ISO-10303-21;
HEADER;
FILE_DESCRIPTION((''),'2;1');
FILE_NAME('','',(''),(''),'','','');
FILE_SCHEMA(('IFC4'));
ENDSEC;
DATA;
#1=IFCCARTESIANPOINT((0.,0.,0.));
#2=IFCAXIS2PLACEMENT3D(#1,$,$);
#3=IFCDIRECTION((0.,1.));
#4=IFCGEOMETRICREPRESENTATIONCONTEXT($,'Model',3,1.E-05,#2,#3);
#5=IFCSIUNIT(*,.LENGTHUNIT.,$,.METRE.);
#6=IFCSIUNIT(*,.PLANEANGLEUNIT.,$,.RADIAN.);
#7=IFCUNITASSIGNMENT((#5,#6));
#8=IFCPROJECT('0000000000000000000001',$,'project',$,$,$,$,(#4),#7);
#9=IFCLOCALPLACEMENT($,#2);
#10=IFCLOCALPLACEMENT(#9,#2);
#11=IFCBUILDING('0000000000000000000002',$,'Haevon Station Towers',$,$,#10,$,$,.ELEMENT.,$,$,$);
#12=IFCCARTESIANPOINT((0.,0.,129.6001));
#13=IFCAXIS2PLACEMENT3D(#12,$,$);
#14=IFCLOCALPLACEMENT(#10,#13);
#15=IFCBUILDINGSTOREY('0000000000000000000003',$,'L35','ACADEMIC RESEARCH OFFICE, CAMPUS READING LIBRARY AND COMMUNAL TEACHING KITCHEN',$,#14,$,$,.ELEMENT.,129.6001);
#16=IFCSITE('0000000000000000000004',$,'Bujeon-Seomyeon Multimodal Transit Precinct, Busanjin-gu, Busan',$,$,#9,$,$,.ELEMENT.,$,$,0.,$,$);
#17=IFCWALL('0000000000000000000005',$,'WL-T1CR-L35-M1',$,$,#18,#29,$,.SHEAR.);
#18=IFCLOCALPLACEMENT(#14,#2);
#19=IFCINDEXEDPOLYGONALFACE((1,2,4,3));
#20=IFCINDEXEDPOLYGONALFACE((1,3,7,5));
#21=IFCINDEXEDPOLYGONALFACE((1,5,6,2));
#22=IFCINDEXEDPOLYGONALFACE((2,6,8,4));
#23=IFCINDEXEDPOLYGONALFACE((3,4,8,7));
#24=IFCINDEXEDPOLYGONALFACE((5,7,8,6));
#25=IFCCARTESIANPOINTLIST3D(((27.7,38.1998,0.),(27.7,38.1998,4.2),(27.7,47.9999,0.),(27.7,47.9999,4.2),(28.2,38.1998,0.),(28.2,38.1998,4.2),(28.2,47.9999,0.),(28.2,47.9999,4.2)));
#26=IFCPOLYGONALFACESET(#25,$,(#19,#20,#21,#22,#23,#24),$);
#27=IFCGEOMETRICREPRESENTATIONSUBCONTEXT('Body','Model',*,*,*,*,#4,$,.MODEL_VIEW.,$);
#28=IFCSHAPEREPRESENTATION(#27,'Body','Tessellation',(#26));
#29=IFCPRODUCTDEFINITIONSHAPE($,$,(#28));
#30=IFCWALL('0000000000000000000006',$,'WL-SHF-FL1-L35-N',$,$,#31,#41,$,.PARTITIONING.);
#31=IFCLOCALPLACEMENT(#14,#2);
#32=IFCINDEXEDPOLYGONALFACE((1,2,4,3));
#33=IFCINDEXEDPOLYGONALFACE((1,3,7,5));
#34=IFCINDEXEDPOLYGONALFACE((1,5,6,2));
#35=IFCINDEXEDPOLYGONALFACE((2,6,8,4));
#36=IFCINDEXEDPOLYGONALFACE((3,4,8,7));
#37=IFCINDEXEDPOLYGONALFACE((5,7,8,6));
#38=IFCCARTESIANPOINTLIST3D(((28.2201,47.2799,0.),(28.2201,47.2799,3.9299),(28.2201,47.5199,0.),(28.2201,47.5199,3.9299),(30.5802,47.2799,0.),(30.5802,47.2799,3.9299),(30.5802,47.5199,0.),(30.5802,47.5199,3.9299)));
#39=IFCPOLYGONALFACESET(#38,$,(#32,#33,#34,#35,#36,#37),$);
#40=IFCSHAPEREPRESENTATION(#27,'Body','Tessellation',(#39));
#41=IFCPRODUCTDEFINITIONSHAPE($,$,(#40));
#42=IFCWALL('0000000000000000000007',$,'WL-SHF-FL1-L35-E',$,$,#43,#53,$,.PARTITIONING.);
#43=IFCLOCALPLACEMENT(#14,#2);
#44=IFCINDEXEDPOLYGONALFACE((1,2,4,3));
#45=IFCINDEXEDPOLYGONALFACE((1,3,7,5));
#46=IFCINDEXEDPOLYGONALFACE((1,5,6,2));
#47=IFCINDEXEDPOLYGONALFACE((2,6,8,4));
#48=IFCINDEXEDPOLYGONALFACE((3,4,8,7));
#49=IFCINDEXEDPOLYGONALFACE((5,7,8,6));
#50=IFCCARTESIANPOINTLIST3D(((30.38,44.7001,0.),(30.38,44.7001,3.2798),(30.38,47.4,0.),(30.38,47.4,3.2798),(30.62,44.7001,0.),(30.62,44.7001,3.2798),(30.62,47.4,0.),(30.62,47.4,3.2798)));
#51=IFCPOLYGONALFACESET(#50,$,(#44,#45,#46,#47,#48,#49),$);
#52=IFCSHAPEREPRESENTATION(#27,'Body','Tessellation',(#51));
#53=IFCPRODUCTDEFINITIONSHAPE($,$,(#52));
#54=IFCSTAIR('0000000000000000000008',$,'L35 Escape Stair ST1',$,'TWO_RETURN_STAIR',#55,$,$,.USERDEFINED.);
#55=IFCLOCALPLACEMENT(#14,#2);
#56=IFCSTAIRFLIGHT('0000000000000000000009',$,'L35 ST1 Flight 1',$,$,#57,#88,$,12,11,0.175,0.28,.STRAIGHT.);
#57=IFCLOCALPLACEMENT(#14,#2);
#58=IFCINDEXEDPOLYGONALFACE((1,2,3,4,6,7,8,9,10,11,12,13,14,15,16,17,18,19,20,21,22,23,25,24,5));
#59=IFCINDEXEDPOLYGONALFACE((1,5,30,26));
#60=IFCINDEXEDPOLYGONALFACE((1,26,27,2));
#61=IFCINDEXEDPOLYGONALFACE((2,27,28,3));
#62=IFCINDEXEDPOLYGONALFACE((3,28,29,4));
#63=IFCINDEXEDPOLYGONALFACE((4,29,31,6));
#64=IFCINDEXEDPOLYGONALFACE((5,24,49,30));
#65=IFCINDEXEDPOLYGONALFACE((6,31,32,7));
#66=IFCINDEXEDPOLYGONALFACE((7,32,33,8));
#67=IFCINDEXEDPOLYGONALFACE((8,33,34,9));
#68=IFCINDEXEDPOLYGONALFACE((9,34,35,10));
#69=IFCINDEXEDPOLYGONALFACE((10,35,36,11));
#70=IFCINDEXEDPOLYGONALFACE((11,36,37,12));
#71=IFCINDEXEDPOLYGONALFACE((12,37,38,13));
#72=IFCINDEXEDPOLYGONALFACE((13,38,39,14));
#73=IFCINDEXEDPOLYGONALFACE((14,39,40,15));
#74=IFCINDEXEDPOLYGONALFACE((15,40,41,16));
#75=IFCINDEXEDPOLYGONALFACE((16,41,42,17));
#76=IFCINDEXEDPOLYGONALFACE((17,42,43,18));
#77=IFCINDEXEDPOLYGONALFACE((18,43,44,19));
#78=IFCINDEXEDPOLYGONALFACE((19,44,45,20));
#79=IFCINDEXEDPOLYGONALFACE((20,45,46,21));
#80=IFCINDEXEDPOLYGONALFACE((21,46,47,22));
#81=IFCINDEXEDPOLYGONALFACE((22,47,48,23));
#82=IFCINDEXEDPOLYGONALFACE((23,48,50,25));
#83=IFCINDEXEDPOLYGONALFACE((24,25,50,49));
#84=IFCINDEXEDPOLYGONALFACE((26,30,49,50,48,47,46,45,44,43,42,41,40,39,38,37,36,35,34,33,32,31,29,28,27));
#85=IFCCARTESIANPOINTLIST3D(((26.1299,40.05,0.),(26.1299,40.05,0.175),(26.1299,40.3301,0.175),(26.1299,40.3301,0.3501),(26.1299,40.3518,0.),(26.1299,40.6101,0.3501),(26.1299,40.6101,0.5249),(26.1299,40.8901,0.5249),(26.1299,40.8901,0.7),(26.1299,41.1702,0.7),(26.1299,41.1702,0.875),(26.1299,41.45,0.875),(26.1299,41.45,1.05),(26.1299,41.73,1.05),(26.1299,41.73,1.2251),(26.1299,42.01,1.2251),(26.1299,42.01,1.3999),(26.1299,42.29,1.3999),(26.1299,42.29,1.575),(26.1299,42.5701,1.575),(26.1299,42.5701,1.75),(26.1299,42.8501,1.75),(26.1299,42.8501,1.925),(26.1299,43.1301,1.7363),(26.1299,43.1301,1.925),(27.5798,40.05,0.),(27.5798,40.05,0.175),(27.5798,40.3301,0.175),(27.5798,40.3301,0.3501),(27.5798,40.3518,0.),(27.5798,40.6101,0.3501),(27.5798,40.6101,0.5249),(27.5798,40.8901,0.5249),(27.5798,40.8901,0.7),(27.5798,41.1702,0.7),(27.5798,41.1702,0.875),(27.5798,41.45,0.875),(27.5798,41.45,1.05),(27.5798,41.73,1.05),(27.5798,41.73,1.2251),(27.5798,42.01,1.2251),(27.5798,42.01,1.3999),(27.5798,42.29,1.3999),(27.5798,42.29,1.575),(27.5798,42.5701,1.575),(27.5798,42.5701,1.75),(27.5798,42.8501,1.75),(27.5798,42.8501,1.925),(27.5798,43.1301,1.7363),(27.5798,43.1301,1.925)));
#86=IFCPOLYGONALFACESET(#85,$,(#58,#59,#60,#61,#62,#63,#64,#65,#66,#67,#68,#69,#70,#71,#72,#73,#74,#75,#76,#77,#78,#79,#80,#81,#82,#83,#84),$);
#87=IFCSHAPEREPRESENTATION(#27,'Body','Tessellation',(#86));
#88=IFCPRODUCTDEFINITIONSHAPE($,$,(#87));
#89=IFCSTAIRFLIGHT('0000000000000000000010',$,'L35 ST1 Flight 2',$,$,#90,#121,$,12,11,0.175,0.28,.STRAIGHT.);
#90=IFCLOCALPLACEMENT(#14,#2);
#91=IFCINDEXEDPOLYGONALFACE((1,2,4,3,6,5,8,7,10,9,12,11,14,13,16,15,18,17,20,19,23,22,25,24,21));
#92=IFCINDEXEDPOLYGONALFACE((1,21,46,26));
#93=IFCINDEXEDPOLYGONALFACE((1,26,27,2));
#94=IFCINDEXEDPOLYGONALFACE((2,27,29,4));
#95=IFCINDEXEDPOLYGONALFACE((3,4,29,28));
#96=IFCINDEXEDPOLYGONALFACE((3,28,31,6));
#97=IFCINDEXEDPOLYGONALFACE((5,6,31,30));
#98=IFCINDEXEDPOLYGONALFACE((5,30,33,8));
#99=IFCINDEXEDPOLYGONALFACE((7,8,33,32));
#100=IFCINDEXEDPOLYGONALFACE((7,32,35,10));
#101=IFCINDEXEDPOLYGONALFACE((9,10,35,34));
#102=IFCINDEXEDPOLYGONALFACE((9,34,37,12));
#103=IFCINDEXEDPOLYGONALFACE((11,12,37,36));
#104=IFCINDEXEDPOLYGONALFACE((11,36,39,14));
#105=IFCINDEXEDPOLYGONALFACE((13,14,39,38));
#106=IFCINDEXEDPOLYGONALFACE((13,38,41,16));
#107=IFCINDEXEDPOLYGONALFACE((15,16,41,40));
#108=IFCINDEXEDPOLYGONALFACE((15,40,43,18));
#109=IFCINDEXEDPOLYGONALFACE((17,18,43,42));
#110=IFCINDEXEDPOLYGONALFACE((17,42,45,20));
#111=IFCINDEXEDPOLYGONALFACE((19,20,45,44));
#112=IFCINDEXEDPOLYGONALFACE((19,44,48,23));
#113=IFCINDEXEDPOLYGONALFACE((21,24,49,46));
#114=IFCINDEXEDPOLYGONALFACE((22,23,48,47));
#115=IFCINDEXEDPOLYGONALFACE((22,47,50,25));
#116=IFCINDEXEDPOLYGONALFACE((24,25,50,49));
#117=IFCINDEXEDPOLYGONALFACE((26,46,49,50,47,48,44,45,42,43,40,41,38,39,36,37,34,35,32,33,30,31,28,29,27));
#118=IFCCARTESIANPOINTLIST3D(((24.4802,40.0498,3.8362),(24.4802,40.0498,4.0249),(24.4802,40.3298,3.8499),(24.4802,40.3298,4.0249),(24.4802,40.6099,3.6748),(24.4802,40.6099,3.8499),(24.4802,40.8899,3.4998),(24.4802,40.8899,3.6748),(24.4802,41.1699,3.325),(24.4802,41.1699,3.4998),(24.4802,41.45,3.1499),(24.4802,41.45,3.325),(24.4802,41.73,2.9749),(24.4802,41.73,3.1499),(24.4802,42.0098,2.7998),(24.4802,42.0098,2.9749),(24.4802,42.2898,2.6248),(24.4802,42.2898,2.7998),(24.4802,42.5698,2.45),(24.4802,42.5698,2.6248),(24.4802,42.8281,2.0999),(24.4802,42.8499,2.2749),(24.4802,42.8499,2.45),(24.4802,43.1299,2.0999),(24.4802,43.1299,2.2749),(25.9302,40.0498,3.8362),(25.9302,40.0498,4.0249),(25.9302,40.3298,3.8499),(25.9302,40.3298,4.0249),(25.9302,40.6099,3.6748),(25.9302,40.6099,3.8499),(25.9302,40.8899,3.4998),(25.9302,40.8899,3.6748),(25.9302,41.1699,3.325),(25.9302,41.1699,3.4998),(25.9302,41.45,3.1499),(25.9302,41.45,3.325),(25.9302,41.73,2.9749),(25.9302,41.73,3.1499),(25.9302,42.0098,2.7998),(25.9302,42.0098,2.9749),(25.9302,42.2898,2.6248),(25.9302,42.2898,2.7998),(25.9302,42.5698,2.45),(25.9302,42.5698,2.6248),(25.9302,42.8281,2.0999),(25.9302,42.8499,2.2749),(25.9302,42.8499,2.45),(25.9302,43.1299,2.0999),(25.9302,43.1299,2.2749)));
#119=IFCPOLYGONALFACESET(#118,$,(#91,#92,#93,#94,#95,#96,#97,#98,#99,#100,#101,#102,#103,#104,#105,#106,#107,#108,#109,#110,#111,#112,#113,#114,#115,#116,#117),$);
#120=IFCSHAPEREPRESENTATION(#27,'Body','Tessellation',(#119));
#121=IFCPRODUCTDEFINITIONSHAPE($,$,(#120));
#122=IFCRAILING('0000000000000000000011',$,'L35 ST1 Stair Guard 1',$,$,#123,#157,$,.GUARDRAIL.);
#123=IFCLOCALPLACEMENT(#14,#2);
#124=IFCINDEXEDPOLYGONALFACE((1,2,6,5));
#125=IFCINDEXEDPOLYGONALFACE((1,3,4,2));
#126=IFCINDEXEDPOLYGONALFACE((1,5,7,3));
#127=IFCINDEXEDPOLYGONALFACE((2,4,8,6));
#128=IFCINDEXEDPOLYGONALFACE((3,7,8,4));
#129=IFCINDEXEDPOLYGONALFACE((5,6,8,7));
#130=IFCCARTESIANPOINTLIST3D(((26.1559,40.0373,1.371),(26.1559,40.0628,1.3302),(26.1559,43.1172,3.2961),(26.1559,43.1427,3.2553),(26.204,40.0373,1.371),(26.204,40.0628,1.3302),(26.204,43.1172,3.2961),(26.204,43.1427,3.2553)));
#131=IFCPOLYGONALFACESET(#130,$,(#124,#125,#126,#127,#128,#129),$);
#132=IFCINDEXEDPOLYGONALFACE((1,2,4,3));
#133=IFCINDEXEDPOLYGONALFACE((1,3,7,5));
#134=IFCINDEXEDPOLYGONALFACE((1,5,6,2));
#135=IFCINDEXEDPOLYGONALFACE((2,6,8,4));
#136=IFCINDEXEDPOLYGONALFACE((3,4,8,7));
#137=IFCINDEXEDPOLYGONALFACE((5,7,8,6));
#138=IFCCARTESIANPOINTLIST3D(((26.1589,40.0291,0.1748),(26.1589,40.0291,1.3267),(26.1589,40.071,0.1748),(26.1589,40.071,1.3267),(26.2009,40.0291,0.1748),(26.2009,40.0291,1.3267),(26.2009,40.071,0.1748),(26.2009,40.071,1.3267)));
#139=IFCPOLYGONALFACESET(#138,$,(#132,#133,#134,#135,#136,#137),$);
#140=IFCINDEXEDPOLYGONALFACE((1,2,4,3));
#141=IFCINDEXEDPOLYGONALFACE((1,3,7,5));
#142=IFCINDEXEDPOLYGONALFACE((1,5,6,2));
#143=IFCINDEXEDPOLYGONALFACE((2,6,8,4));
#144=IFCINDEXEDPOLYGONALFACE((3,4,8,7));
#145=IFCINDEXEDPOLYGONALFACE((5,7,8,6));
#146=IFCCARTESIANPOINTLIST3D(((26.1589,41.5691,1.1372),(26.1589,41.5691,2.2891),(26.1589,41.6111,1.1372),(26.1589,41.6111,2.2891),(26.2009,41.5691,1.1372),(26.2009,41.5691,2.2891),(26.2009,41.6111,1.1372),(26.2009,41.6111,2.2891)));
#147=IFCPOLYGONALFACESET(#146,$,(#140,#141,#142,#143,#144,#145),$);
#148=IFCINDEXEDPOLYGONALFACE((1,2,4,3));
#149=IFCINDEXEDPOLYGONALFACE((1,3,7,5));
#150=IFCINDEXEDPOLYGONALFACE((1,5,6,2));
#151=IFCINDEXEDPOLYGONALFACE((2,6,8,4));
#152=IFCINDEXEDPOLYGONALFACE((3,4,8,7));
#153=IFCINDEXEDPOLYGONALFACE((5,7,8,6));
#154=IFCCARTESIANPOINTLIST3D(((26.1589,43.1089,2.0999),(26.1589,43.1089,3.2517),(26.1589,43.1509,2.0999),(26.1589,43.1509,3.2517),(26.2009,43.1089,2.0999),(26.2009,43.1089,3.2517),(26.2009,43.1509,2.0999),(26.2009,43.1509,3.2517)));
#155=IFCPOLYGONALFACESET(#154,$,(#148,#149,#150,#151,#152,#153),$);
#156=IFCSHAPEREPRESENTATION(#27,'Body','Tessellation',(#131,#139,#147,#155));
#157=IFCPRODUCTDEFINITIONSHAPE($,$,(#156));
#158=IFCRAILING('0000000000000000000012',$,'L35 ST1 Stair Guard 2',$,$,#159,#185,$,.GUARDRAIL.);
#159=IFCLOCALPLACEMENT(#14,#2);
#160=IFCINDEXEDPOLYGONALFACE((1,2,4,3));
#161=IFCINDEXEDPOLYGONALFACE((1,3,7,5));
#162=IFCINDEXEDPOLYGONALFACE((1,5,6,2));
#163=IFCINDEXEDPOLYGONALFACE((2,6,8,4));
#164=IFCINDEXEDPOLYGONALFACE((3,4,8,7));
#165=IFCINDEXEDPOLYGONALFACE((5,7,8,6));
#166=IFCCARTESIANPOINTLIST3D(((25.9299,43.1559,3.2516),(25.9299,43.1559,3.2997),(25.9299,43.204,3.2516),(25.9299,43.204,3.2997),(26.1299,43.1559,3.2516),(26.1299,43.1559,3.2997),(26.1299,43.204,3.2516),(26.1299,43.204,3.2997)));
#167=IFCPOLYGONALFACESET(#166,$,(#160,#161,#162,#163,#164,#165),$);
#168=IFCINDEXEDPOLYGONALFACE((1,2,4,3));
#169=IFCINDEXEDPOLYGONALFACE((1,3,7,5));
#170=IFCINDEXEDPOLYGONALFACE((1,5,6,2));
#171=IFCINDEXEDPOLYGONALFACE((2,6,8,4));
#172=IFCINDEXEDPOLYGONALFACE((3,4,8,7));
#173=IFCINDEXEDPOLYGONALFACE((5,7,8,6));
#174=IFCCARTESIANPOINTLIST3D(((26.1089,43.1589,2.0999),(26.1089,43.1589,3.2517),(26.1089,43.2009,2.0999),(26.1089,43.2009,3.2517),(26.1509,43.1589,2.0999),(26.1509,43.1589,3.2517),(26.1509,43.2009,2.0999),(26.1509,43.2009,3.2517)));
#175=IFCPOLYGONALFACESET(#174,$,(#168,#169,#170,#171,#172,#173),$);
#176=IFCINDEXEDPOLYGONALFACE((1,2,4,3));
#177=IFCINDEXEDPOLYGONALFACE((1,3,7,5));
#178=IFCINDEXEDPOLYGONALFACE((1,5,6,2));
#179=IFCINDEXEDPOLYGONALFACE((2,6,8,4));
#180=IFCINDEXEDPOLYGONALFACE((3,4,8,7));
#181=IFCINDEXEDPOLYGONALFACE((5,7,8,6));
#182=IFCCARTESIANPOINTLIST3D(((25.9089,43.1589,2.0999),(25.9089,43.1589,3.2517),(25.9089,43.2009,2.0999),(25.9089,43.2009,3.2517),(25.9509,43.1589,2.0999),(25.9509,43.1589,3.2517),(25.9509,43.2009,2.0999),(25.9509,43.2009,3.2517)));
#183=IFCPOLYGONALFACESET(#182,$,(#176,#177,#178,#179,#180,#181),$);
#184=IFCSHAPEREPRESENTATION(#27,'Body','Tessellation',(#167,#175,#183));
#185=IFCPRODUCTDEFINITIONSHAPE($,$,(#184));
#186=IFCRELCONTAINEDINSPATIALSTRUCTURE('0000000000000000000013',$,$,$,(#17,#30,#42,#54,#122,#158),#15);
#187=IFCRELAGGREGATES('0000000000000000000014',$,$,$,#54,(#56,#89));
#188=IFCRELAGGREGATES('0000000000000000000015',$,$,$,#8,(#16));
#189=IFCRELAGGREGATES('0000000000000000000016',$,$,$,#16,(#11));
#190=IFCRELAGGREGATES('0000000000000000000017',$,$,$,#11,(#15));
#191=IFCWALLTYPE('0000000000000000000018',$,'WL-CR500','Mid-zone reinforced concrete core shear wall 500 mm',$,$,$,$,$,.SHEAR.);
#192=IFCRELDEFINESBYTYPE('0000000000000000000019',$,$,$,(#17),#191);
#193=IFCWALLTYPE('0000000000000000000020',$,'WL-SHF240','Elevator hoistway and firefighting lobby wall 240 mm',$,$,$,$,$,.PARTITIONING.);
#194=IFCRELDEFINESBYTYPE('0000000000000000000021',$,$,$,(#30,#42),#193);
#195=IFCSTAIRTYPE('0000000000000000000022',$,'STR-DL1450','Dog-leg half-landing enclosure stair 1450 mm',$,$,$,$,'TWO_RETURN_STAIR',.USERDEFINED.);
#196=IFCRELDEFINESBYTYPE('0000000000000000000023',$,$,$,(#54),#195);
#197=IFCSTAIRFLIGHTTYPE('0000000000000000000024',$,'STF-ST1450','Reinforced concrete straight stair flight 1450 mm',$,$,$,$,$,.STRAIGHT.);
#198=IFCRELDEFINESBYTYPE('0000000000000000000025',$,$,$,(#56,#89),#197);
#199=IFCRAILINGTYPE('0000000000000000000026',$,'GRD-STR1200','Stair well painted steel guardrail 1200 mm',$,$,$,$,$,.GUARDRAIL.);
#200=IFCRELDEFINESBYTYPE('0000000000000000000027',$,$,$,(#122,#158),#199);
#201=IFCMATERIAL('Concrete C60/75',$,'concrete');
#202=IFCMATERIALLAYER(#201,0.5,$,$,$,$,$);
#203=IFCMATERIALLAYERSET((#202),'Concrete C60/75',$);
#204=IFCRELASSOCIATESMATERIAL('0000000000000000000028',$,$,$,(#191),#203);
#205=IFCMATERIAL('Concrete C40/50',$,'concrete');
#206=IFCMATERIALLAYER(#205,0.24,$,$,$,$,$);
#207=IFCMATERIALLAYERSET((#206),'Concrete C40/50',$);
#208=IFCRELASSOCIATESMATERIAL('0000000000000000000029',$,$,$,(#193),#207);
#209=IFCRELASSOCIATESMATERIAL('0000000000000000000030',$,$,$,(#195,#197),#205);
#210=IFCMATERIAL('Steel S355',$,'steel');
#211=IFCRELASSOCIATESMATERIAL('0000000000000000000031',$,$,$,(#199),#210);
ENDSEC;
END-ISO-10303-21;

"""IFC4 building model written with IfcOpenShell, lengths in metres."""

from ifc_helpers import new_model, si_unit, direction, frame, frame_2d, origin, origin_2d, place, context, subcontext, project, spatial, polyline, rectangle, outline, extrude, material, layer, layer_set, type_object, element, aggregate, save


model = new_model("IFC4")

# Units and contexts
model_context = context("Model", 3, precision=1e-05, world=origin(), true_north=direction((0.0, 1.0)))
body_context = subcontext(model_context, "Body", "Model", "MODEL_VIEW")
ifc_project = project(units=[si_unit("LENGTHUNIT", "METRE"), si_unit("PLANEANGLEUNIT", "RADIAN")], contexts=[model_context])

# Site, building, storey
site_placement = place(None, origin())
site = spatial("IfcSite", under=ifc_project, at=site_placement, Name="Bujeon-Seomyeon Multimodal Transit Precinct, Busanjin-gu, Busan", CompositionType="ELEMENT", RefElevation=0.0)
building_placement = place(site_placement, origin())
building = spatial("IfcBuilding", under=site, at=building_placement, Name="Haevon Station Towers", CompositionType="ELEMENT")
storey_placement = place(building_placement, frame((0.0, 0.0, 129.6001)))
storey = spatial("IfcBuildingStorey", under=building, at=storey_placement, Name="L35", Description="ACADEMIC RESEARCH OFFICE, CAMPUS READING LIBRARY AND COMMUNAL TEACHING KITCHEN", CompositionType="ELEMENT", Elevation=129.6001)

# Shared definitions
ifc_material_1 = material(Name="Steel S355", Category="steel")

# Wall
ifc_material_2 = material(Name="Concrete C60/75", Category="concrete")
ifc_layer_1 = layer(ifc_material_2, 0.5)
ifc_layer_set_1 = layer_set([ifc_layer_1], Name="Concrete C60/75")
wall_type_1 = type_object("IfcWallType", Name="WL-CR500", Description="Mid-zone reinforced concrete core shear wall 500 mm", PredefinedType="SHEAR", material=ifc_layer_set_1)
wall_1_placement = place(storey_placement, frame((27.95, 38.2, 0.0), z_axis=(0.0, 0.0, 1.0), x_axis=(0.0, 1.0, 0.0)))
element("IfcWall", 1, at=wall_1_placement, inside=storey, type_object=wall_type_1, Name="WL-T1CR-L35-M1", PredefinedType="SHEAR", context=body_context, shape_type="SweptSolid", body=[
    extrude(rectangle(XDim=9.8, YDim=0.5, at=frame_2d((4.8999, 0.0))), origin(), (0.0, 0.0, 1.0), 4.2),
])

# Shared definitions
ifc_material_3 = material(Name="Concrete C40/50", Category="concrete")
ifc_layer_2 = layer(ifc_material_3, 0.24)
ifc_layer_set_2 = layer_set([ifc_layer_2], Name="Concrete C40/50")
wall_type_2 = type_object("IfcWallType", Name="WL-SHF240", Description="Elevator hoistway and firefighting lobby wall 240 mm", PredefinedType="PARTITIONING", material=ifc_layer_set_2)

# Walls
wall_2_placement = place(storey_placement, frame((28.22, 47.3999, 0.0), z_axis=(0.0, 0.0, 1.0), x_axis=(1.0, 0.0, 0.0)))
element("IfcWall", 2, at=wall_2_placement, inside=storey, type_object=wall_type_2, Name="WL-SHF-FL1-L35-N", PredefinedType="PARTITIONING", context=body_context, shape_type="SweptSolid", body=[
    extrude(rectangle(XDim=2.3601, YDim=0.24, at=frame_2d((1.1802, 0.0))), origin(), (0.0, 0.0, 1.0), 3.9299),
])
wall_3_placement = place(storey_placement, frame((30.5, 44.7, 0.0), z_axis=(0.0, 0.0, 1.0), x_axis=(0.0, 1.0, 0.0)))
element("IfcWall", 3, at=wall_3_placement, inside=storey, type_object=wall_type_2, Name="WL-SHF-FL1-L35-E", PredefinedType="PARTITIONING", context=body_context, shape_type="SweptSolid", body=[
    extrude(rectangle(XDim=2.7, YDim=0.24, at=frame_2d((1.3501, 0.0))), origin(), (0.0, 0.0, 1.0), 3.2798),
])

# Stair, stair flights
stair_type = type_object("IfcStairType", Name="STR-DL1450", Description="Dog-leg half-landing enclosure stair 1450 mm", ElementType="TWO_RETURN_STAIR", PredefinedType="USERDEFINED", material=ifc_material_3)
stair_placement = place(storey_placement, origin())
stair = element("IfcStair", 4, at=stair_placement, inside=storey, type_object=stair_type, Name="L35 Escape Stair ST1", ObjectType="TWO_RETURN_STAIR", PredefinedType="USERDEFINED")
stair_flight_type = type_object("IfcStairFlightType", Name="STF-ST1450", Description="Reinforced concrete straight stair flight 1450 mm", PredefinedType="STRAIGHT", material=ifc_material_3)
stair_flight_1_placement = place(storey_placement, frame((26.855, 40.05, 0.0), z_axis=(0.0, 0.0, 1.0), x_axis=(0.0, 1.0, 0.0)))
stair_flight_1 = element("IfcStairFlight", 5, at=stair_flight_1_placement, type_object=stair_flight_type, Name="L35 ST1 Flight 1", NumberOfRisers=12, NumberOfTreads=11, PredefinedType="STRAIGHT", RiserHeight=0.175, TreadLength=0.28, context=body_context, shape_type="SweptSolid", body=[
    extrude(outline(polyline([(0.0, 0.0), (0.0, 0.175), (0.28, 0.175), (0.28, 0.3501), (0.5601, 0.3501), (0.5601, 0.5249), (0.8401, 0.5249), (0.8401, 0.7), (1.1201, 0.7), (1.1201, 0.875), (1.3999, 0.875), (1.3999, 1.05), (1.6799, 1.05), (1.6799, 1.2251), (1.96, 1.2251), (1.96, 1.3999), (2.24, 1.3999), (2.24, 1.575), (2.52, 1.575), (2.52, 1.75), (2.8, 1.75), (2.8, 1.925), (3.0801, 1.925), (3.0801, 2.1001), (3.0801, 1.7363), (0.3018, 0.0), (0.0, 0.0)])), frame((0.0, 0.7251, 0.0), z_axis=(0.0, -1.0, 0.0), x_axis=(1.0, 0.0, 0.0)), (0.0, 0.0, 1.0), 1.45),
])
stair_flight_2_placement = place(storey_placement, frame((25.2051, 43.1299, 2.0999), z_axis=(0.0, 0.0, 1.0), x_axis=(0.0, -1.0, 0.0)))
stair_flight_2 = element("IfcStairFlight", 6, at=stair_flight_2_placement, type_object=stair_flight_type, Name="L35 ST1 Flight 2", NumberOfRisers=12, NumberOfTreads=11, PredefinedType="STRAIGHT", RiserHeight=0.175, TreadLength=0.28, context=body_context, shape_type="SweptSolid", body=[
    extrude(outline(polyline([(0.0, 0.0), (0.0, 0.175), (0.28, 0.175), (0.28, 0.3501), (0.5601, 0.3501), (0.5601, 0.5249), (0.8401, 0.5249), (0.8401, 0.7), (1.1201, 0.7), (1.1201, 0.875), (1.3999, 0.875), (1.3999, 1.05), (1.6799, 1.05), (1.6799, 1.2251), (1.96, 1.2251), (1.96, 1.3999), (2.24, 1.3999), (2.24, 1.575), (2.52, 1.575), (2.52, 1.75), (2.8, 1.75), (2.8, 1.925), (3.0801, 1.925), (3.0801, 2.1001), (3.0801, 1.7363), (0.3018, 0.0), (0.0, 0.0)])), frame((0.0, 0.7251, 0.0), z_axis=(0.0, -1.0, 0.0), x_axis=(1.0, 0.0, 0.0)), (0.0, 0.0, 1.0), 1.45),
])
aggregate(stair, [stair_flight_1, stair_flight_2])

# Railings
railing_type_1 = type_object("IfcRailingType", Name="GRD-STR1200", Description="Stair well painted steel guardrail 1200 mm", PredefinedType="GUARDRAIL", material=ifc_material_1)
railing_1_placement = place(storey_placement, frame((26.1799, 40.05, 0.1748)))
element("IfcRailing", 7, at=railing_1_placement, inside=storey, type_object=railing_type_1, Name="L35 ST1 Stair Guard 1", PredefinedType="GUARDRAIL", context=body_context, shape_type="SweptSolid", body=[
    extrude(rectangle(XDim=0.0481, YDim=0.0481, at=origin_2d()), frame((0.0, 0.0, 1.1758), z_axis=(0.0, 0.847979, 0.530029), x_axis=(-1.0, 0.0, 0.0)), (0.0, 0.0, 1.0), 3.6321),
    extrude(rectangle(XDim=0.042, YDim=0.042, at=origin_2d()), origin(), (0.0, 0.0, 1.0), 1.1519),
    extrude(rectangle(XDim=0.042, YDim=0.042, at=origin_2d()), frame((0.0, 1.54, 0.9624)), (0.0, 0.0, 1.0), 1.1519),
    extrude(rectangle(XDim=0.042, YDim=0.042, at=origin_2d()), frame((0.0, 3.0798, 1.925)), (0.0, 0.0, 1.0), 1.1519),
])
railing_2_placement = place(storey_placement, frame((26.1299, 43.1799, 2.0999)))
element("IfcRailing", 8, at=railing_2_placement, inside=storey, type_object=railing_type_1, Name="L35 ST1 Stair Guard 2", PredefinedType="GUARDRAIL", context=body_context, shape_type="SweptSolid", body=[
    extrude(rectangle(XDim=0.0481, YDim=0.0481, at=origin_2d()), frame((0.0, 0.0, 1.1758), z_axis=(-1.0, 0.0, 0.0), x_axis=(0.0, -1.0, 0.0)), (0.0, 0.0, 1.0), 0.2),
    extrude(rectangle(XDim=0.042, YDim=0.042, at=origin_2d()), origin(), (0.0, 0.0, 1.0), 1.1519),
    extrude(rectangle(XDim=0.042, YDim=0.042, at=origin_2d()), frame((-0.2, 0.0, 0.0)), (0.0, 0.0, 1.0), 1.1519),
])

save(model, "model.ifc")
